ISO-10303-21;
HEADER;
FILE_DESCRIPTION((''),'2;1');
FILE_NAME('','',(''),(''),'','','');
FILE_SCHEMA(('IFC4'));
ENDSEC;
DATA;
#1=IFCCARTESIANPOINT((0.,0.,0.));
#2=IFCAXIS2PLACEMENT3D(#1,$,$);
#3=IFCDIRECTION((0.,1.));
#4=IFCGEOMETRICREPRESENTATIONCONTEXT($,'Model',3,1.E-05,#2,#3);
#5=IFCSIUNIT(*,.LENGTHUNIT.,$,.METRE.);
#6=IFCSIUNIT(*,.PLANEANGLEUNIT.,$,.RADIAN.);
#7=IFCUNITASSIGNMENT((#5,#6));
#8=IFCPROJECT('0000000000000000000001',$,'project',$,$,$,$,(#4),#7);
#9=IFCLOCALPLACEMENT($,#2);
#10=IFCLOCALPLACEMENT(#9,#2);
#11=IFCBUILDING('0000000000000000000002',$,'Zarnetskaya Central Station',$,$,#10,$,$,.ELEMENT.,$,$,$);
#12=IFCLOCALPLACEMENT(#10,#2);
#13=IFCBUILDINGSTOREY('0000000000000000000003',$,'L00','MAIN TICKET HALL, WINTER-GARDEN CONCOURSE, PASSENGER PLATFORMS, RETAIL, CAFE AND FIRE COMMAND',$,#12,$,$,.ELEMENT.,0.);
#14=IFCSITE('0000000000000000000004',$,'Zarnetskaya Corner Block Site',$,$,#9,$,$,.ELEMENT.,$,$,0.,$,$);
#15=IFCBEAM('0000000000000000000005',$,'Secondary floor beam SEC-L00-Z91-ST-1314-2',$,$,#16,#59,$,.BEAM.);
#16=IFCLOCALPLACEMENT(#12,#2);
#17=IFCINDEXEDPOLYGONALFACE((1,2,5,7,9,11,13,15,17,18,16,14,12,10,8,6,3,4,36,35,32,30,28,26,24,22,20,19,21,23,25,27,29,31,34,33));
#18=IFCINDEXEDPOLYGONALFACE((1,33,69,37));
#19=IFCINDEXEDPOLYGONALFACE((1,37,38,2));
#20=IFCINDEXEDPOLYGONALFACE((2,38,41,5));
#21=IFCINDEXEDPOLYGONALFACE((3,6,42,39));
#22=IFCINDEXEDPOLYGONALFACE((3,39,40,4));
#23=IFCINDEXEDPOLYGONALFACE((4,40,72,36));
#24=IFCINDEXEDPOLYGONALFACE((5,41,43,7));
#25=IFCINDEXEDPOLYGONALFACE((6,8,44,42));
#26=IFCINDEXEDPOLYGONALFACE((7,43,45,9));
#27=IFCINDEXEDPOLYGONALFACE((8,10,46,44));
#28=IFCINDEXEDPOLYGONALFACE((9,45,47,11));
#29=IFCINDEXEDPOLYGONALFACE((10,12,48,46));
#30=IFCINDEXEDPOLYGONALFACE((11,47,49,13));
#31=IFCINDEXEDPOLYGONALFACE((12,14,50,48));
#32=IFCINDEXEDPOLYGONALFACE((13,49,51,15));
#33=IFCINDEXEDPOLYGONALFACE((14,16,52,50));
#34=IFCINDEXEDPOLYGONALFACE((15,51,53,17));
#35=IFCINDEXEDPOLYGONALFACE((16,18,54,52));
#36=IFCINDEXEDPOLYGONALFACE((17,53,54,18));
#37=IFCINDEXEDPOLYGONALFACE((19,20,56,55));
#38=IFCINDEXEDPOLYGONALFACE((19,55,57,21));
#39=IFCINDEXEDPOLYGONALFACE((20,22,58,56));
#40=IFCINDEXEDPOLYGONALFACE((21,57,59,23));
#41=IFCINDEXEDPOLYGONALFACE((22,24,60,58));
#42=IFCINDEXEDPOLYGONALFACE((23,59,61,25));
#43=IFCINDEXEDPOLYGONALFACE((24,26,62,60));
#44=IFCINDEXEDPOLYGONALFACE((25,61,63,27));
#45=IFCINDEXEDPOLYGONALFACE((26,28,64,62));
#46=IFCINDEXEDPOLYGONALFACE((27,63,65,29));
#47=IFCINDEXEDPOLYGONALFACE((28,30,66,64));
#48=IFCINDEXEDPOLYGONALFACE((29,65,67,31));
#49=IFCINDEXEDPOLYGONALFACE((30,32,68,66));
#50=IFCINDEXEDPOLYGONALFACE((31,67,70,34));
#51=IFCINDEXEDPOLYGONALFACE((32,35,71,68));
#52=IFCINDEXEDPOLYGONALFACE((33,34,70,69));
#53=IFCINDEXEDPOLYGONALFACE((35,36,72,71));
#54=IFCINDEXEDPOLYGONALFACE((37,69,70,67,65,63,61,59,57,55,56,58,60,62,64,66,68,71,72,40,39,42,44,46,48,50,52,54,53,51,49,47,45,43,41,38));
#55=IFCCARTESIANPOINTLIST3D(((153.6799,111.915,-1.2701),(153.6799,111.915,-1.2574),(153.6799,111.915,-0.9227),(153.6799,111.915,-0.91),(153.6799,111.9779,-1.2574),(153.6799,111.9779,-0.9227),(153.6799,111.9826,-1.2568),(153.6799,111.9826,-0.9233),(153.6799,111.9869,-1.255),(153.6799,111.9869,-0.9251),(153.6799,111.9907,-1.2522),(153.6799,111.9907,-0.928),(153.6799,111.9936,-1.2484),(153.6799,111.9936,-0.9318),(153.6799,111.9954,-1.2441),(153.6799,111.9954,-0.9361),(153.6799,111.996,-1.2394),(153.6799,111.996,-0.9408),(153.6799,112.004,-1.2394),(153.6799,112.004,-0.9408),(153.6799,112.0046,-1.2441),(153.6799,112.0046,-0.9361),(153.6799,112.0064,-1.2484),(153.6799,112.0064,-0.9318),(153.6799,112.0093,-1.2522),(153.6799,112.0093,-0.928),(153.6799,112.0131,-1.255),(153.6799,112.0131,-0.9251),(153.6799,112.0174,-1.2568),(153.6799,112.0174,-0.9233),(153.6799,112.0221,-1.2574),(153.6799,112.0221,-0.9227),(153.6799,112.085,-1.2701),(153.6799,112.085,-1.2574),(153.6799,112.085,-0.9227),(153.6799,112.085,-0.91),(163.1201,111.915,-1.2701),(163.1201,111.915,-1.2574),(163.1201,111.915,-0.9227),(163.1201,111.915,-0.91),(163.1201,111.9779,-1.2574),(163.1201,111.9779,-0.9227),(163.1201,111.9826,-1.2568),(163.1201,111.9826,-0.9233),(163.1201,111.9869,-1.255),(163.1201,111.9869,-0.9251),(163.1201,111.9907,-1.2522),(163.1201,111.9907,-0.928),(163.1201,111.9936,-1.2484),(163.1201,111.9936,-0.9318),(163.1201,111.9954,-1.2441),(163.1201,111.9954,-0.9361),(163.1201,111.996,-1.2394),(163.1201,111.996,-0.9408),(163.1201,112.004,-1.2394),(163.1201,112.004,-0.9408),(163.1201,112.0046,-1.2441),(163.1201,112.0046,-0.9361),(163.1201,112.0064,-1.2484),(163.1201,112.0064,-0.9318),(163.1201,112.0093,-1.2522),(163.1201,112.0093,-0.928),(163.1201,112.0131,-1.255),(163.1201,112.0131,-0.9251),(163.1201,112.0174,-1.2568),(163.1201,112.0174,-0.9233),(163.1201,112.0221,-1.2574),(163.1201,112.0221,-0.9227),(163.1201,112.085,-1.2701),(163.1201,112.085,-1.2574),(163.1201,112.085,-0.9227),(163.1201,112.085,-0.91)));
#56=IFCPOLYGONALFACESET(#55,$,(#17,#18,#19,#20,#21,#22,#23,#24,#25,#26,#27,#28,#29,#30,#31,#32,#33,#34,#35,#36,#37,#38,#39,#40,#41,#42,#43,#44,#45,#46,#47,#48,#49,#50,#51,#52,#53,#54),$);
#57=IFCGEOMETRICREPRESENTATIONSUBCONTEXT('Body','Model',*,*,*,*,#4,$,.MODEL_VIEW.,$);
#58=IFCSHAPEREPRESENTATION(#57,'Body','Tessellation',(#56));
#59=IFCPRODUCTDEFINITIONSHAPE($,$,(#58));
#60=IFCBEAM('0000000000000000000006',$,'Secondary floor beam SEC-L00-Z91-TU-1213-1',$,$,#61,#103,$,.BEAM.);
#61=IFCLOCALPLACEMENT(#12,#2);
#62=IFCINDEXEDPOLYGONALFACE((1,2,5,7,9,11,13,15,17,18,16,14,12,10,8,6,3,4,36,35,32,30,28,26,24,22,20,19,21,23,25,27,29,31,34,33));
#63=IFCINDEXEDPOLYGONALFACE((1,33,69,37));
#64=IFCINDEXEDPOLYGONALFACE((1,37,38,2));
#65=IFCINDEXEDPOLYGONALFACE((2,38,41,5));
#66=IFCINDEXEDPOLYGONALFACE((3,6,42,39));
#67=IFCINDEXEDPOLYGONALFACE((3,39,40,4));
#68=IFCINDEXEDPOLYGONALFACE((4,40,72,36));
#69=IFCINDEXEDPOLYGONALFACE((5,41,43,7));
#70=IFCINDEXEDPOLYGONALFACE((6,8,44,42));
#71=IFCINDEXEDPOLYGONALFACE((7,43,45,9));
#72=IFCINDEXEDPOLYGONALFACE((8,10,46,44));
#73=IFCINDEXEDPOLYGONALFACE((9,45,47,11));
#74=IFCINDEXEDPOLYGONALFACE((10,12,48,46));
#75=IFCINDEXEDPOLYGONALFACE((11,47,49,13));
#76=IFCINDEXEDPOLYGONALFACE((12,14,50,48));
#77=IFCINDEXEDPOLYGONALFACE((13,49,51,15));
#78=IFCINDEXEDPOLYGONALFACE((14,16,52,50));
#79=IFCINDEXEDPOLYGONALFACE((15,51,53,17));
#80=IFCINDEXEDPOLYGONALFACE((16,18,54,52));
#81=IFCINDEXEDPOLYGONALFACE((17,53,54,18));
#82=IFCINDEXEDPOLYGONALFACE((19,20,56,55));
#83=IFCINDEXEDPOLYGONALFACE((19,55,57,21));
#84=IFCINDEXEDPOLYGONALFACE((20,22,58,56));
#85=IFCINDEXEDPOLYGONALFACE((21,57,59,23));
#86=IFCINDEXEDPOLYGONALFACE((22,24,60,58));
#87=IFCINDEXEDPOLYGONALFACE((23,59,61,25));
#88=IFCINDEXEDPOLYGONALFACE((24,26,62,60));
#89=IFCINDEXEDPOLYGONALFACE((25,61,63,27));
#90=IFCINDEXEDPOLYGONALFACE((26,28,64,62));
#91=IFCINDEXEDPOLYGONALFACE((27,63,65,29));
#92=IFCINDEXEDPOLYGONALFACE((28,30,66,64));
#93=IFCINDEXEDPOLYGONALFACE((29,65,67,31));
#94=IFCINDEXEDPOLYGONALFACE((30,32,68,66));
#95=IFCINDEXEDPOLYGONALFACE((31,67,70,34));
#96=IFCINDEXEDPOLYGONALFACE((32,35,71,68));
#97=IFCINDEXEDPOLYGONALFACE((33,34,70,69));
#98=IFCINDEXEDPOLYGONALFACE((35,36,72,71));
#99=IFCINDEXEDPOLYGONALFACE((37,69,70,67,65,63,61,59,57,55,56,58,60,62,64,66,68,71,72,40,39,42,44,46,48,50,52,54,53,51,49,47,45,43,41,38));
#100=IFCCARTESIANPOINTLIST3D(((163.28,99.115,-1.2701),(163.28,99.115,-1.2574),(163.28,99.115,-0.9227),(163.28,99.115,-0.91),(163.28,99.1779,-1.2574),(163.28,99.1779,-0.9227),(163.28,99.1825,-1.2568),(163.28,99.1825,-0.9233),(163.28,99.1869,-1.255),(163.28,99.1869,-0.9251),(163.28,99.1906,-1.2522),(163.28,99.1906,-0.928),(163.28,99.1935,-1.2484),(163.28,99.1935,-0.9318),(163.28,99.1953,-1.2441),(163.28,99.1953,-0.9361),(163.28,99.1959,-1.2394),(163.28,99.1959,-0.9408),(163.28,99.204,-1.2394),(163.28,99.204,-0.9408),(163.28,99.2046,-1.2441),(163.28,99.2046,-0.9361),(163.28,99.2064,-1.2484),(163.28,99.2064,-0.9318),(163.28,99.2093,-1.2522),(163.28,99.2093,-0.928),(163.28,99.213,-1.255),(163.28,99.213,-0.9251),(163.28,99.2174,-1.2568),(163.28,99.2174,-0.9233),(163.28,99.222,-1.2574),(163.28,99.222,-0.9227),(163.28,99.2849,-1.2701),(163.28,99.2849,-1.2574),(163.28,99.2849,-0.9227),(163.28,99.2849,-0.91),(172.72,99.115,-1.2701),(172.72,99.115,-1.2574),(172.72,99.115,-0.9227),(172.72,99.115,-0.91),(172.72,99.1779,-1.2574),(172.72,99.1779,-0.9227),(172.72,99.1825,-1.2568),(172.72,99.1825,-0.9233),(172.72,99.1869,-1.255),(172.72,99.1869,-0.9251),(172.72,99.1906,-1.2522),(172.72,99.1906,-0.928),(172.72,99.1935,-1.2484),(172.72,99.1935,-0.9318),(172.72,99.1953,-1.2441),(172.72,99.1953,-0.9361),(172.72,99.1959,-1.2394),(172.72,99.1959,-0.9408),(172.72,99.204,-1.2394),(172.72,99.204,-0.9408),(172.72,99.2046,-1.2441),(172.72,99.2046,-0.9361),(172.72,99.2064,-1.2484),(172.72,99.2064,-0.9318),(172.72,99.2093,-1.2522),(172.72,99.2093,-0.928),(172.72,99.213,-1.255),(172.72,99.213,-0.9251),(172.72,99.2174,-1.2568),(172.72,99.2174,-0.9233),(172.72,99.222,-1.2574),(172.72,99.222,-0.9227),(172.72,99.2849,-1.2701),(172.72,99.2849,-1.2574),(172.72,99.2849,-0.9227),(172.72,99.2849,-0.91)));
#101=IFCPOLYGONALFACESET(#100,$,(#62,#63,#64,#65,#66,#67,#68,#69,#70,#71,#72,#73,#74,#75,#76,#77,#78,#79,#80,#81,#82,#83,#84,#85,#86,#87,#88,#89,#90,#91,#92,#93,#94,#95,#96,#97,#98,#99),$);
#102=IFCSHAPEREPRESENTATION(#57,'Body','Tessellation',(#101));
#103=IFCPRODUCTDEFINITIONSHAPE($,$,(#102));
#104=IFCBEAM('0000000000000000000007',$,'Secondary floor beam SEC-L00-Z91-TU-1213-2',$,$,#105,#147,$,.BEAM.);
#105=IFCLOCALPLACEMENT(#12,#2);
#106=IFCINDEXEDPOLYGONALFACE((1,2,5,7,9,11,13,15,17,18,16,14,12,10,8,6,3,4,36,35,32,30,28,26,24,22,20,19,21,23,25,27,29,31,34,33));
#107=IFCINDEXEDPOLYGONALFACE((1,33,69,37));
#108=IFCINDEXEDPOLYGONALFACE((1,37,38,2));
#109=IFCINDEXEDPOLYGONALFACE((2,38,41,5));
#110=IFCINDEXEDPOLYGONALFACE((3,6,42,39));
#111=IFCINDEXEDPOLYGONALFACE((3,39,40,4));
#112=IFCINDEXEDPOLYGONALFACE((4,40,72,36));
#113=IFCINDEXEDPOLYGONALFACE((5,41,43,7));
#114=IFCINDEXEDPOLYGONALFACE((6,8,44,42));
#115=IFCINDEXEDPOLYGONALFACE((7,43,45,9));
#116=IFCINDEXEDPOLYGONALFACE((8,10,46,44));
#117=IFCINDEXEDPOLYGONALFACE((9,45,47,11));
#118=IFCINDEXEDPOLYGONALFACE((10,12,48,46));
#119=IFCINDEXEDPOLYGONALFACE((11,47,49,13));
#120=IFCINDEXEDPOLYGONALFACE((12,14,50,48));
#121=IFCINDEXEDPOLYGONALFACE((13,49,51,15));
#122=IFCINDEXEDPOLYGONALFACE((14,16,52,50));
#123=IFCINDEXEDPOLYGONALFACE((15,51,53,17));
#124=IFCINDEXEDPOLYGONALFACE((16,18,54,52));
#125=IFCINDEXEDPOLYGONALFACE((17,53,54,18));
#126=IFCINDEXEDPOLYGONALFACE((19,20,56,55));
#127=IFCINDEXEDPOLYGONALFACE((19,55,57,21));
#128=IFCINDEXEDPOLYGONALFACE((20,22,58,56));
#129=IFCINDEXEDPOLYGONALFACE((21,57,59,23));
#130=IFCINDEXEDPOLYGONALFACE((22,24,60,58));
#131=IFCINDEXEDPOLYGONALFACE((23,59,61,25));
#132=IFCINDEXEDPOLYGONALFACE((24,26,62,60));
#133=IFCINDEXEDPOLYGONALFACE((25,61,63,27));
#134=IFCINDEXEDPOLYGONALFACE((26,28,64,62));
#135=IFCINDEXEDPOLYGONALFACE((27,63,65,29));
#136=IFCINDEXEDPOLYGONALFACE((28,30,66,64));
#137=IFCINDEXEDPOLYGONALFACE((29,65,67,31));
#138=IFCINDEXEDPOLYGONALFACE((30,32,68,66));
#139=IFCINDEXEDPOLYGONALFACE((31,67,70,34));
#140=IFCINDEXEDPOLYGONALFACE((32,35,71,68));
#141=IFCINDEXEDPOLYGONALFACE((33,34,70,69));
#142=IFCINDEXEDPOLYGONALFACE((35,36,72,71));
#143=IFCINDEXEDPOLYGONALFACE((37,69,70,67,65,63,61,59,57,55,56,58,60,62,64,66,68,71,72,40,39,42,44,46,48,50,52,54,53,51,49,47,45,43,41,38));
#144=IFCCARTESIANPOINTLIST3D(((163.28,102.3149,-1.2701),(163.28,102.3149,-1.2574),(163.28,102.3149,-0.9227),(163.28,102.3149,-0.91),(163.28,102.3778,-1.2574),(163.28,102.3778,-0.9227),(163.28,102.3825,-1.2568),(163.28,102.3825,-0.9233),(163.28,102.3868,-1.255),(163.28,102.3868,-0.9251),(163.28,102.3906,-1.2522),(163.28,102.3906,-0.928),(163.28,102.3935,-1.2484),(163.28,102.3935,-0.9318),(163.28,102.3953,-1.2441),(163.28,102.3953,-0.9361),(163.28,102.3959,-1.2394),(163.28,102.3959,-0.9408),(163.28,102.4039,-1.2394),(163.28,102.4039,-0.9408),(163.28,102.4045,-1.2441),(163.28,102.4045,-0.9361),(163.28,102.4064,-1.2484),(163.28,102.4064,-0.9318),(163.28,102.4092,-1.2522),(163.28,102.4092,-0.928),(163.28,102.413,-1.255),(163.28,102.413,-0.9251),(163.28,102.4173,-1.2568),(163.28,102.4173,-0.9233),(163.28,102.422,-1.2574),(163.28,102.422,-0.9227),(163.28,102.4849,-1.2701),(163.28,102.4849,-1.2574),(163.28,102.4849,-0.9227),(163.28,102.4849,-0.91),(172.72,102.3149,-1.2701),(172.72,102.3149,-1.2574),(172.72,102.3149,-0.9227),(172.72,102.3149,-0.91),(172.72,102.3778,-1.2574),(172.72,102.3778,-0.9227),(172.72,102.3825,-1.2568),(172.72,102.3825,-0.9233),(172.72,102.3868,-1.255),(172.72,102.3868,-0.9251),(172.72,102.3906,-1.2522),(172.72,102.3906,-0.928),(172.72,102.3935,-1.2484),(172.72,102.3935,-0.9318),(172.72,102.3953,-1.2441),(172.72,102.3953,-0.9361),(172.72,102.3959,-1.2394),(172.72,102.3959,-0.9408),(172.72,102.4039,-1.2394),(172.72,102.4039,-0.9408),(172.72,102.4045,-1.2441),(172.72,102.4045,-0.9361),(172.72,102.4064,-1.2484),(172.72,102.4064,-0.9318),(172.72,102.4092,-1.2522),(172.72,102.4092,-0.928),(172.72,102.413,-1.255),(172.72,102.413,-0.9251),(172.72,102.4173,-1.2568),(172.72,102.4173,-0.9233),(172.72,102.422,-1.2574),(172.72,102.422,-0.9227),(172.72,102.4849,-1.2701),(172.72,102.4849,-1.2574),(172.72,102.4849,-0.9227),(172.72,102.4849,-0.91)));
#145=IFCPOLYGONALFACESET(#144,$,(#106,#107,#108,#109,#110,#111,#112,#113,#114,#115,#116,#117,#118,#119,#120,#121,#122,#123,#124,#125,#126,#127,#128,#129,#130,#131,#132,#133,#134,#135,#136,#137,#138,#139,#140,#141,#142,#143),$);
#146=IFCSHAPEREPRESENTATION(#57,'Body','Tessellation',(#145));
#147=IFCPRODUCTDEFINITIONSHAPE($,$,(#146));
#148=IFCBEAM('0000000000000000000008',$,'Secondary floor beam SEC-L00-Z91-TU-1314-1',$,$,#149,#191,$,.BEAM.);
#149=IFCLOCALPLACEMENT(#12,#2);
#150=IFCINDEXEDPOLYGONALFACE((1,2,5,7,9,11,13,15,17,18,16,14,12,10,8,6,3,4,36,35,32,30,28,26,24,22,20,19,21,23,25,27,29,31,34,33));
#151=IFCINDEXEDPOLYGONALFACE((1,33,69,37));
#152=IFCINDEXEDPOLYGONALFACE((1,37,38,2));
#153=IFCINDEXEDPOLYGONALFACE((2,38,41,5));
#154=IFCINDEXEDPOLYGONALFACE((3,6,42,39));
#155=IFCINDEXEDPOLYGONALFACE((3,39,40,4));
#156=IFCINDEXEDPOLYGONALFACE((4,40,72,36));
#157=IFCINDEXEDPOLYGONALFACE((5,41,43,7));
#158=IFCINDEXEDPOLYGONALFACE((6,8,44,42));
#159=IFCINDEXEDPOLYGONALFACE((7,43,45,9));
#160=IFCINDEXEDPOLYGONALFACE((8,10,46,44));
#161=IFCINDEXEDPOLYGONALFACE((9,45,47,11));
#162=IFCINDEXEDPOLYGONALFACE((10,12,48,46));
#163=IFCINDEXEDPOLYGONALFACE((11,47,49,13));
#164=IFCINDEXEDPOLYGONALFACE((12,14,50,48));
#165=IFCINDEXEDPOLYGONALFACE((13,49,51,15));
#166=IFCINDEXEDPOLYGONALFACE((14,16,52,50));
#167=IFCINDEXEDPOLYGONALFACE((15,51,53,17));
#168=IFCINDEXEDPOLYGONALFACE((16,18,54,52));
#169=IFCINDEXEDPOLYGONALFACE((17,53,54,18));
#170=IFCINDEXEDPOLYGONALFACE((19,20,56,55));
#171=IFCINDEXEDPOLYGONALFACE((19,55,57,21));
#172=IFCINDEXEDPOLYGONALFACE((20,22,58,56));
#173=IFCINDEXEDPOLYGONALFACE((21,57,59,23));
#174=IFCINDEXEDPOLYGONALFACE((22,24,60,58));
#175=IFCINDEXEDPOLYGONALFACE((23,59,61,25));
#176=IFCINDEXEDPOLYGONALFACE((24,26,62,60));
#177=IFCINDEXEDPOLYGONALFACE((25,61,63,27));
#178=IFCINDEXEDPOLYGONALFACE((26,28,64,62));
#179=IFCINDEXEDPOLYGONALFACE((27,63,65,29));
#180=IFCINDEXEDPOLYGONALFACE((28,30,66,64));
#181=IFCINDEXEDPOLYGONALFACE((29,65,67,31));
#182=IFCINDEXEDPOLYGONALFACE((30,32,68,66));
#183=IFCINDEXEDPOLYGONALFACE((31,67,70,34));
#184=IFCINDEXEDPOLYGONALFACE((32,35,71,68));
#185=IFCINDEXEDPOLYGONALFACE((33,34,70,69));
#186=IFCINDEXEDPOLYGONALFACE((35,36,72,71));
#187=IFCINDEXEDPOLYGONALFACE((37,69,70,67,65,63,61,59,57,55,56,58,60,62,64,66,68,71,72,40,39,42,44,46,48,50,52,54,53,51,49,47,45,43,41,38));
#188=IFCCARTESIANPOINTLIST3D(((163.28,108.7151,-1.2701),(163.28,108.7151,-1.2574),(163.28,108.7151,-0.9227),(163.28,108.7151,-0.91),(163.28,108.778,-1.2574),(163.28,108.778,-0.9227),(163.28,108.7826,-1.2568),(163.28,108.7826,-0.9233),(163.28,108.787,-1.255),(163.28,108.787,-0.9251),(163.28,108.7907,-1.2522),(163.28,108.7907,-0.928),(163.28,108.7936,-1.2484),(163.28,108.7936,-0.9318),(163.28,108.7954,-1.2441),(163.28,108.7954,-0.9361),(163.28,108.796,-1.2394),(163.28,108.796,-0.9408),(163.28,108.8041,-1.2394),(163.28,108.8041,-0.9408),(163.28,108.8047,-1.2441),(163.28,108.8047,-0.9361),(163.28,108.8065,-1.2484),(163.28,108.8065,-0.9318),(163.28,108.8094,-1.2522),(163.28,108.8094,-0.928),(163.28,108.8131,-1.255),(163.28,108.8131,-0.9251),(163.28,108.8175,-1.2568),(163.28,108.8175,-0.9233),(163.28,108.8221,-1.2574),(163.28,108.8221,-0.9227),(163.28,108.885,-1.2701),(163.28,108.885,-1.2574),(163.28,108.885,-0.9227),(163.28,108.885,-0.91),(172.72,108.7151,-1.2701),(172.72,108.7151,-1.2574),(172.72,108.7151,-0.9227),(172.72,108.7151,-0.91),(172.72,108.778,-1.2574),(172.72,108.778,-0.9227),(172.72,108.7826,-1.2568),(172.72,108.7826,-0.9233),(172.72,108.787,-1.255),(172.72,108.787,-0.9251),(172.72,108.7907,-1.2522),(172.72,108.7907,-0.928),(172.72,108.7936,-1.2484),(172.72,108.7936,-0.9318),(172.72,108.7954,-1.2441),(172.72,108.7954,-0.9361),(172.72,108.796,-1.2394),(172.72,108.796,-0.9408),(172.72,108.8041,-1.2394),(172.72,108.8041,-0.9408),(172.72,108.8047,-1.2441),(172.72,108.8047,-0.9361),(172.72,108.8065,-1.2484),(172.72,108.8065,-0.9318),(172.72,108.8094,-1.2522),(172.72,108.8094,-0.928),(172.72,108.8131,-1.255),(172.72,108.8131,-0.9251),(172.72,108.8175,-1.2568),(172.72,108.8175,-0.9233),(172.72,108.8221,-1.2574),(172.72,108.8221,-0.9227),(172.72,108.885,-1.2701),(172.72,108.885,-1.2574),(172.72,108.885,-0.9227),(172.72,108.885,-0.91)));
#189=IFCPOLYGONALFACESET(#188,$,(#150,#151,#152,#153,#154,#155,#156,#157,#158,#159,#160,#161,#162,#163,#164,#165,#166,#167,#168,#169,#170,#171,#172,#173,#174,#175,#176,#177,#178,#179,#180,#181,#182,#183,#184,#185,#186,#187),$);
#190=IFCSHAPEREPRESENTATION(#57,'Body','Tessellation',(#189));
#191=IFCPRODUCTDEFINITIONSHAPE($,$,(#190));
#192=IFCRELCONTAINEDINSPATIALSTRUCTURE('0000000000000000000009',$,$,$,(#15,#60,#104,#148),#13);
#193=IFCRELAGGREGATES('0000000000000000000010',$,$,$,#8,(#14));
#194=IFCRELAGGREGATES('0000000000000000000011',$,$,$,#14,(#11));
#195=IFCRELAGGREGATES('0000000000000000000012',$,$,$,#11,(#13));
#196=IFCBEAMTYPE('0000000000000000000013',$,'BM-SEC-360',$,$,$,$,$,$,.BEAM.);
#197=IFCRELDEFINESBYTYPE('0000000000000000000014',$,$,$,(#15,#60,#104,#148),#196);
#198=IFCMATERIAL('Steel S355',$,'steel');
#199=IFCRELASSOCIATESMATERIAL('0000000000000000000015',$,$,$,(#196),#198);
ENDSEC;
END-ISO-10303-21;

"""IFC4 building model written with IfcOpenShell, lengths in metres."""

from ifc_helpers import new_model, si_unit, direction, frame, origin, origin_2d, place, context, subcontext, project, spatial, i_section, extrude, material, material_profile, profile_set, type_object, element, save


model = new_model("IFC4")

# Units and contexts
model_context = context("Model", 3, precision=1e-05, world=origin(), true_north=direction((0.0, 1.0)))
body_context = subcontext(model_context, "Body", "Model", "MODEL_VIEW")
ifc_project = project(units=[si_unit("LENGTHUNIT", "METRE"), si_unit("PLANEANGLEUNIT", "RADIAN")], contexts=[model_context])

# Site, building, storey
site_placement = place(None, origin())
site = spatial("IfcSite", under=ifc_project, at=site_placement, Name="Zarnetskaya Corner Block Site", CompositionType="ELEMENT", RefElevation=0.0)
building_placement = place(site_placement, origin())
building = spatial("IfcBuilding", under=site, at=building_placement, Name="Zarnetskaya Central Station", CompositionType="ELEMENT")
storey_placement = place(building_placement, origin())
storey = spatial("IfcBuildingStorey", under=building, at=storey_placement, Name="L00", Description="MAIN TICKET HALL, WINTER-GARDEN CONCOURSE, PASSENGER PLATFORMS, RETAIL, CAFE AND FIRE COMMAND", CompositionType="ELEMENT", Elevation=0.0)

# Shared definitions
ifc_material = material(Name="Steel S355", Category="steel")

# Beams
ifc_material_profile_1 = material_profile(ifc_material, i_section(OverallWidth=0.1699, OverallDepth=0.3601, WebThickness=0.0081, FlangeThickness=0.0127, FilletRadius=0.0181, at=origin_2d()), Name="IPE 360")
ifc_profile_set_1 = profile_set([ifc_material_profile_1], Name="Steel S355")
beam_type_1 = type_object("IfcBeamType", Name="BM-SEC-360", PredefinedType="BEAM", material=ifc_profile_set_1)
for number, where, z_axis, x_axis, name in (
    (1, (153.6799, 112.0, -1.0901), (1.0, 0.0, 0.0), (0.0, 1.0, 0.0), "Secondary floor beam SEC-L00-Z91-ST-1314-2"),
):
    element("IfcBeam", number, at=place(storey_placement, frame(where, z_axis=z_axis, x_axis=x_axis)), inside=storey, type_object=beam_type_1, Name=name, PredefinedType="BEAM", context=body_context, shape_type="SweptSolid", body=[
        extrude(i_section(OverallWidth=0.1699, OverallDepth=0.3601, WebThickness=0.0081, FlangeThickness=0.0127, FilletRadius=0.0181, at=origin_2d()), origin(), (0.0, 0.0, 1.0), 9.4402),
    ])
for number, where, z_axis, x_axis, name in (
    (2, (163.28, 99.2, -1.0901), (1.0, 0.0, 0.0), (0.0, 1.0, 0.0), "Secondary floor beam SEC-L00-Z91-TU-1213-1"),
    (3, (163.28, 102.3999, -1.0901), (1.0, 0.0, 0.0), (0.0, 1.0, 0.0), "Secondary floor beam SEC-L00-Z91-TU-1213-2"),
    (4, (163.28, 108.8, -1.0901), (1.0, 0.0, 0.0), (0.0, 1.0, 0.0), "Secondary floor beam SEC-L00-Z91-TU-1314-1"),
):
    element("IfcBeam", number, at=place(storey_placement, frame(where, z_axis=z_axis, x_axis=x_axis)), inside=storey, type_object=beam_type_1, Name=name, PredefinedType="BEAM", context=body_context, shape_type="SweptSolid", body=[
        extrude(i_section(OverallWidth=0.1699, OverallDepth=0.3601, WebThickness=0.0081, FlangeThickness=0.0127, FilletRadius=0.0181, at=origin_2d()), origin(), (0.0, 0.0, 1.0), 9.4399),
    ])

save(model, "model.ifc")
